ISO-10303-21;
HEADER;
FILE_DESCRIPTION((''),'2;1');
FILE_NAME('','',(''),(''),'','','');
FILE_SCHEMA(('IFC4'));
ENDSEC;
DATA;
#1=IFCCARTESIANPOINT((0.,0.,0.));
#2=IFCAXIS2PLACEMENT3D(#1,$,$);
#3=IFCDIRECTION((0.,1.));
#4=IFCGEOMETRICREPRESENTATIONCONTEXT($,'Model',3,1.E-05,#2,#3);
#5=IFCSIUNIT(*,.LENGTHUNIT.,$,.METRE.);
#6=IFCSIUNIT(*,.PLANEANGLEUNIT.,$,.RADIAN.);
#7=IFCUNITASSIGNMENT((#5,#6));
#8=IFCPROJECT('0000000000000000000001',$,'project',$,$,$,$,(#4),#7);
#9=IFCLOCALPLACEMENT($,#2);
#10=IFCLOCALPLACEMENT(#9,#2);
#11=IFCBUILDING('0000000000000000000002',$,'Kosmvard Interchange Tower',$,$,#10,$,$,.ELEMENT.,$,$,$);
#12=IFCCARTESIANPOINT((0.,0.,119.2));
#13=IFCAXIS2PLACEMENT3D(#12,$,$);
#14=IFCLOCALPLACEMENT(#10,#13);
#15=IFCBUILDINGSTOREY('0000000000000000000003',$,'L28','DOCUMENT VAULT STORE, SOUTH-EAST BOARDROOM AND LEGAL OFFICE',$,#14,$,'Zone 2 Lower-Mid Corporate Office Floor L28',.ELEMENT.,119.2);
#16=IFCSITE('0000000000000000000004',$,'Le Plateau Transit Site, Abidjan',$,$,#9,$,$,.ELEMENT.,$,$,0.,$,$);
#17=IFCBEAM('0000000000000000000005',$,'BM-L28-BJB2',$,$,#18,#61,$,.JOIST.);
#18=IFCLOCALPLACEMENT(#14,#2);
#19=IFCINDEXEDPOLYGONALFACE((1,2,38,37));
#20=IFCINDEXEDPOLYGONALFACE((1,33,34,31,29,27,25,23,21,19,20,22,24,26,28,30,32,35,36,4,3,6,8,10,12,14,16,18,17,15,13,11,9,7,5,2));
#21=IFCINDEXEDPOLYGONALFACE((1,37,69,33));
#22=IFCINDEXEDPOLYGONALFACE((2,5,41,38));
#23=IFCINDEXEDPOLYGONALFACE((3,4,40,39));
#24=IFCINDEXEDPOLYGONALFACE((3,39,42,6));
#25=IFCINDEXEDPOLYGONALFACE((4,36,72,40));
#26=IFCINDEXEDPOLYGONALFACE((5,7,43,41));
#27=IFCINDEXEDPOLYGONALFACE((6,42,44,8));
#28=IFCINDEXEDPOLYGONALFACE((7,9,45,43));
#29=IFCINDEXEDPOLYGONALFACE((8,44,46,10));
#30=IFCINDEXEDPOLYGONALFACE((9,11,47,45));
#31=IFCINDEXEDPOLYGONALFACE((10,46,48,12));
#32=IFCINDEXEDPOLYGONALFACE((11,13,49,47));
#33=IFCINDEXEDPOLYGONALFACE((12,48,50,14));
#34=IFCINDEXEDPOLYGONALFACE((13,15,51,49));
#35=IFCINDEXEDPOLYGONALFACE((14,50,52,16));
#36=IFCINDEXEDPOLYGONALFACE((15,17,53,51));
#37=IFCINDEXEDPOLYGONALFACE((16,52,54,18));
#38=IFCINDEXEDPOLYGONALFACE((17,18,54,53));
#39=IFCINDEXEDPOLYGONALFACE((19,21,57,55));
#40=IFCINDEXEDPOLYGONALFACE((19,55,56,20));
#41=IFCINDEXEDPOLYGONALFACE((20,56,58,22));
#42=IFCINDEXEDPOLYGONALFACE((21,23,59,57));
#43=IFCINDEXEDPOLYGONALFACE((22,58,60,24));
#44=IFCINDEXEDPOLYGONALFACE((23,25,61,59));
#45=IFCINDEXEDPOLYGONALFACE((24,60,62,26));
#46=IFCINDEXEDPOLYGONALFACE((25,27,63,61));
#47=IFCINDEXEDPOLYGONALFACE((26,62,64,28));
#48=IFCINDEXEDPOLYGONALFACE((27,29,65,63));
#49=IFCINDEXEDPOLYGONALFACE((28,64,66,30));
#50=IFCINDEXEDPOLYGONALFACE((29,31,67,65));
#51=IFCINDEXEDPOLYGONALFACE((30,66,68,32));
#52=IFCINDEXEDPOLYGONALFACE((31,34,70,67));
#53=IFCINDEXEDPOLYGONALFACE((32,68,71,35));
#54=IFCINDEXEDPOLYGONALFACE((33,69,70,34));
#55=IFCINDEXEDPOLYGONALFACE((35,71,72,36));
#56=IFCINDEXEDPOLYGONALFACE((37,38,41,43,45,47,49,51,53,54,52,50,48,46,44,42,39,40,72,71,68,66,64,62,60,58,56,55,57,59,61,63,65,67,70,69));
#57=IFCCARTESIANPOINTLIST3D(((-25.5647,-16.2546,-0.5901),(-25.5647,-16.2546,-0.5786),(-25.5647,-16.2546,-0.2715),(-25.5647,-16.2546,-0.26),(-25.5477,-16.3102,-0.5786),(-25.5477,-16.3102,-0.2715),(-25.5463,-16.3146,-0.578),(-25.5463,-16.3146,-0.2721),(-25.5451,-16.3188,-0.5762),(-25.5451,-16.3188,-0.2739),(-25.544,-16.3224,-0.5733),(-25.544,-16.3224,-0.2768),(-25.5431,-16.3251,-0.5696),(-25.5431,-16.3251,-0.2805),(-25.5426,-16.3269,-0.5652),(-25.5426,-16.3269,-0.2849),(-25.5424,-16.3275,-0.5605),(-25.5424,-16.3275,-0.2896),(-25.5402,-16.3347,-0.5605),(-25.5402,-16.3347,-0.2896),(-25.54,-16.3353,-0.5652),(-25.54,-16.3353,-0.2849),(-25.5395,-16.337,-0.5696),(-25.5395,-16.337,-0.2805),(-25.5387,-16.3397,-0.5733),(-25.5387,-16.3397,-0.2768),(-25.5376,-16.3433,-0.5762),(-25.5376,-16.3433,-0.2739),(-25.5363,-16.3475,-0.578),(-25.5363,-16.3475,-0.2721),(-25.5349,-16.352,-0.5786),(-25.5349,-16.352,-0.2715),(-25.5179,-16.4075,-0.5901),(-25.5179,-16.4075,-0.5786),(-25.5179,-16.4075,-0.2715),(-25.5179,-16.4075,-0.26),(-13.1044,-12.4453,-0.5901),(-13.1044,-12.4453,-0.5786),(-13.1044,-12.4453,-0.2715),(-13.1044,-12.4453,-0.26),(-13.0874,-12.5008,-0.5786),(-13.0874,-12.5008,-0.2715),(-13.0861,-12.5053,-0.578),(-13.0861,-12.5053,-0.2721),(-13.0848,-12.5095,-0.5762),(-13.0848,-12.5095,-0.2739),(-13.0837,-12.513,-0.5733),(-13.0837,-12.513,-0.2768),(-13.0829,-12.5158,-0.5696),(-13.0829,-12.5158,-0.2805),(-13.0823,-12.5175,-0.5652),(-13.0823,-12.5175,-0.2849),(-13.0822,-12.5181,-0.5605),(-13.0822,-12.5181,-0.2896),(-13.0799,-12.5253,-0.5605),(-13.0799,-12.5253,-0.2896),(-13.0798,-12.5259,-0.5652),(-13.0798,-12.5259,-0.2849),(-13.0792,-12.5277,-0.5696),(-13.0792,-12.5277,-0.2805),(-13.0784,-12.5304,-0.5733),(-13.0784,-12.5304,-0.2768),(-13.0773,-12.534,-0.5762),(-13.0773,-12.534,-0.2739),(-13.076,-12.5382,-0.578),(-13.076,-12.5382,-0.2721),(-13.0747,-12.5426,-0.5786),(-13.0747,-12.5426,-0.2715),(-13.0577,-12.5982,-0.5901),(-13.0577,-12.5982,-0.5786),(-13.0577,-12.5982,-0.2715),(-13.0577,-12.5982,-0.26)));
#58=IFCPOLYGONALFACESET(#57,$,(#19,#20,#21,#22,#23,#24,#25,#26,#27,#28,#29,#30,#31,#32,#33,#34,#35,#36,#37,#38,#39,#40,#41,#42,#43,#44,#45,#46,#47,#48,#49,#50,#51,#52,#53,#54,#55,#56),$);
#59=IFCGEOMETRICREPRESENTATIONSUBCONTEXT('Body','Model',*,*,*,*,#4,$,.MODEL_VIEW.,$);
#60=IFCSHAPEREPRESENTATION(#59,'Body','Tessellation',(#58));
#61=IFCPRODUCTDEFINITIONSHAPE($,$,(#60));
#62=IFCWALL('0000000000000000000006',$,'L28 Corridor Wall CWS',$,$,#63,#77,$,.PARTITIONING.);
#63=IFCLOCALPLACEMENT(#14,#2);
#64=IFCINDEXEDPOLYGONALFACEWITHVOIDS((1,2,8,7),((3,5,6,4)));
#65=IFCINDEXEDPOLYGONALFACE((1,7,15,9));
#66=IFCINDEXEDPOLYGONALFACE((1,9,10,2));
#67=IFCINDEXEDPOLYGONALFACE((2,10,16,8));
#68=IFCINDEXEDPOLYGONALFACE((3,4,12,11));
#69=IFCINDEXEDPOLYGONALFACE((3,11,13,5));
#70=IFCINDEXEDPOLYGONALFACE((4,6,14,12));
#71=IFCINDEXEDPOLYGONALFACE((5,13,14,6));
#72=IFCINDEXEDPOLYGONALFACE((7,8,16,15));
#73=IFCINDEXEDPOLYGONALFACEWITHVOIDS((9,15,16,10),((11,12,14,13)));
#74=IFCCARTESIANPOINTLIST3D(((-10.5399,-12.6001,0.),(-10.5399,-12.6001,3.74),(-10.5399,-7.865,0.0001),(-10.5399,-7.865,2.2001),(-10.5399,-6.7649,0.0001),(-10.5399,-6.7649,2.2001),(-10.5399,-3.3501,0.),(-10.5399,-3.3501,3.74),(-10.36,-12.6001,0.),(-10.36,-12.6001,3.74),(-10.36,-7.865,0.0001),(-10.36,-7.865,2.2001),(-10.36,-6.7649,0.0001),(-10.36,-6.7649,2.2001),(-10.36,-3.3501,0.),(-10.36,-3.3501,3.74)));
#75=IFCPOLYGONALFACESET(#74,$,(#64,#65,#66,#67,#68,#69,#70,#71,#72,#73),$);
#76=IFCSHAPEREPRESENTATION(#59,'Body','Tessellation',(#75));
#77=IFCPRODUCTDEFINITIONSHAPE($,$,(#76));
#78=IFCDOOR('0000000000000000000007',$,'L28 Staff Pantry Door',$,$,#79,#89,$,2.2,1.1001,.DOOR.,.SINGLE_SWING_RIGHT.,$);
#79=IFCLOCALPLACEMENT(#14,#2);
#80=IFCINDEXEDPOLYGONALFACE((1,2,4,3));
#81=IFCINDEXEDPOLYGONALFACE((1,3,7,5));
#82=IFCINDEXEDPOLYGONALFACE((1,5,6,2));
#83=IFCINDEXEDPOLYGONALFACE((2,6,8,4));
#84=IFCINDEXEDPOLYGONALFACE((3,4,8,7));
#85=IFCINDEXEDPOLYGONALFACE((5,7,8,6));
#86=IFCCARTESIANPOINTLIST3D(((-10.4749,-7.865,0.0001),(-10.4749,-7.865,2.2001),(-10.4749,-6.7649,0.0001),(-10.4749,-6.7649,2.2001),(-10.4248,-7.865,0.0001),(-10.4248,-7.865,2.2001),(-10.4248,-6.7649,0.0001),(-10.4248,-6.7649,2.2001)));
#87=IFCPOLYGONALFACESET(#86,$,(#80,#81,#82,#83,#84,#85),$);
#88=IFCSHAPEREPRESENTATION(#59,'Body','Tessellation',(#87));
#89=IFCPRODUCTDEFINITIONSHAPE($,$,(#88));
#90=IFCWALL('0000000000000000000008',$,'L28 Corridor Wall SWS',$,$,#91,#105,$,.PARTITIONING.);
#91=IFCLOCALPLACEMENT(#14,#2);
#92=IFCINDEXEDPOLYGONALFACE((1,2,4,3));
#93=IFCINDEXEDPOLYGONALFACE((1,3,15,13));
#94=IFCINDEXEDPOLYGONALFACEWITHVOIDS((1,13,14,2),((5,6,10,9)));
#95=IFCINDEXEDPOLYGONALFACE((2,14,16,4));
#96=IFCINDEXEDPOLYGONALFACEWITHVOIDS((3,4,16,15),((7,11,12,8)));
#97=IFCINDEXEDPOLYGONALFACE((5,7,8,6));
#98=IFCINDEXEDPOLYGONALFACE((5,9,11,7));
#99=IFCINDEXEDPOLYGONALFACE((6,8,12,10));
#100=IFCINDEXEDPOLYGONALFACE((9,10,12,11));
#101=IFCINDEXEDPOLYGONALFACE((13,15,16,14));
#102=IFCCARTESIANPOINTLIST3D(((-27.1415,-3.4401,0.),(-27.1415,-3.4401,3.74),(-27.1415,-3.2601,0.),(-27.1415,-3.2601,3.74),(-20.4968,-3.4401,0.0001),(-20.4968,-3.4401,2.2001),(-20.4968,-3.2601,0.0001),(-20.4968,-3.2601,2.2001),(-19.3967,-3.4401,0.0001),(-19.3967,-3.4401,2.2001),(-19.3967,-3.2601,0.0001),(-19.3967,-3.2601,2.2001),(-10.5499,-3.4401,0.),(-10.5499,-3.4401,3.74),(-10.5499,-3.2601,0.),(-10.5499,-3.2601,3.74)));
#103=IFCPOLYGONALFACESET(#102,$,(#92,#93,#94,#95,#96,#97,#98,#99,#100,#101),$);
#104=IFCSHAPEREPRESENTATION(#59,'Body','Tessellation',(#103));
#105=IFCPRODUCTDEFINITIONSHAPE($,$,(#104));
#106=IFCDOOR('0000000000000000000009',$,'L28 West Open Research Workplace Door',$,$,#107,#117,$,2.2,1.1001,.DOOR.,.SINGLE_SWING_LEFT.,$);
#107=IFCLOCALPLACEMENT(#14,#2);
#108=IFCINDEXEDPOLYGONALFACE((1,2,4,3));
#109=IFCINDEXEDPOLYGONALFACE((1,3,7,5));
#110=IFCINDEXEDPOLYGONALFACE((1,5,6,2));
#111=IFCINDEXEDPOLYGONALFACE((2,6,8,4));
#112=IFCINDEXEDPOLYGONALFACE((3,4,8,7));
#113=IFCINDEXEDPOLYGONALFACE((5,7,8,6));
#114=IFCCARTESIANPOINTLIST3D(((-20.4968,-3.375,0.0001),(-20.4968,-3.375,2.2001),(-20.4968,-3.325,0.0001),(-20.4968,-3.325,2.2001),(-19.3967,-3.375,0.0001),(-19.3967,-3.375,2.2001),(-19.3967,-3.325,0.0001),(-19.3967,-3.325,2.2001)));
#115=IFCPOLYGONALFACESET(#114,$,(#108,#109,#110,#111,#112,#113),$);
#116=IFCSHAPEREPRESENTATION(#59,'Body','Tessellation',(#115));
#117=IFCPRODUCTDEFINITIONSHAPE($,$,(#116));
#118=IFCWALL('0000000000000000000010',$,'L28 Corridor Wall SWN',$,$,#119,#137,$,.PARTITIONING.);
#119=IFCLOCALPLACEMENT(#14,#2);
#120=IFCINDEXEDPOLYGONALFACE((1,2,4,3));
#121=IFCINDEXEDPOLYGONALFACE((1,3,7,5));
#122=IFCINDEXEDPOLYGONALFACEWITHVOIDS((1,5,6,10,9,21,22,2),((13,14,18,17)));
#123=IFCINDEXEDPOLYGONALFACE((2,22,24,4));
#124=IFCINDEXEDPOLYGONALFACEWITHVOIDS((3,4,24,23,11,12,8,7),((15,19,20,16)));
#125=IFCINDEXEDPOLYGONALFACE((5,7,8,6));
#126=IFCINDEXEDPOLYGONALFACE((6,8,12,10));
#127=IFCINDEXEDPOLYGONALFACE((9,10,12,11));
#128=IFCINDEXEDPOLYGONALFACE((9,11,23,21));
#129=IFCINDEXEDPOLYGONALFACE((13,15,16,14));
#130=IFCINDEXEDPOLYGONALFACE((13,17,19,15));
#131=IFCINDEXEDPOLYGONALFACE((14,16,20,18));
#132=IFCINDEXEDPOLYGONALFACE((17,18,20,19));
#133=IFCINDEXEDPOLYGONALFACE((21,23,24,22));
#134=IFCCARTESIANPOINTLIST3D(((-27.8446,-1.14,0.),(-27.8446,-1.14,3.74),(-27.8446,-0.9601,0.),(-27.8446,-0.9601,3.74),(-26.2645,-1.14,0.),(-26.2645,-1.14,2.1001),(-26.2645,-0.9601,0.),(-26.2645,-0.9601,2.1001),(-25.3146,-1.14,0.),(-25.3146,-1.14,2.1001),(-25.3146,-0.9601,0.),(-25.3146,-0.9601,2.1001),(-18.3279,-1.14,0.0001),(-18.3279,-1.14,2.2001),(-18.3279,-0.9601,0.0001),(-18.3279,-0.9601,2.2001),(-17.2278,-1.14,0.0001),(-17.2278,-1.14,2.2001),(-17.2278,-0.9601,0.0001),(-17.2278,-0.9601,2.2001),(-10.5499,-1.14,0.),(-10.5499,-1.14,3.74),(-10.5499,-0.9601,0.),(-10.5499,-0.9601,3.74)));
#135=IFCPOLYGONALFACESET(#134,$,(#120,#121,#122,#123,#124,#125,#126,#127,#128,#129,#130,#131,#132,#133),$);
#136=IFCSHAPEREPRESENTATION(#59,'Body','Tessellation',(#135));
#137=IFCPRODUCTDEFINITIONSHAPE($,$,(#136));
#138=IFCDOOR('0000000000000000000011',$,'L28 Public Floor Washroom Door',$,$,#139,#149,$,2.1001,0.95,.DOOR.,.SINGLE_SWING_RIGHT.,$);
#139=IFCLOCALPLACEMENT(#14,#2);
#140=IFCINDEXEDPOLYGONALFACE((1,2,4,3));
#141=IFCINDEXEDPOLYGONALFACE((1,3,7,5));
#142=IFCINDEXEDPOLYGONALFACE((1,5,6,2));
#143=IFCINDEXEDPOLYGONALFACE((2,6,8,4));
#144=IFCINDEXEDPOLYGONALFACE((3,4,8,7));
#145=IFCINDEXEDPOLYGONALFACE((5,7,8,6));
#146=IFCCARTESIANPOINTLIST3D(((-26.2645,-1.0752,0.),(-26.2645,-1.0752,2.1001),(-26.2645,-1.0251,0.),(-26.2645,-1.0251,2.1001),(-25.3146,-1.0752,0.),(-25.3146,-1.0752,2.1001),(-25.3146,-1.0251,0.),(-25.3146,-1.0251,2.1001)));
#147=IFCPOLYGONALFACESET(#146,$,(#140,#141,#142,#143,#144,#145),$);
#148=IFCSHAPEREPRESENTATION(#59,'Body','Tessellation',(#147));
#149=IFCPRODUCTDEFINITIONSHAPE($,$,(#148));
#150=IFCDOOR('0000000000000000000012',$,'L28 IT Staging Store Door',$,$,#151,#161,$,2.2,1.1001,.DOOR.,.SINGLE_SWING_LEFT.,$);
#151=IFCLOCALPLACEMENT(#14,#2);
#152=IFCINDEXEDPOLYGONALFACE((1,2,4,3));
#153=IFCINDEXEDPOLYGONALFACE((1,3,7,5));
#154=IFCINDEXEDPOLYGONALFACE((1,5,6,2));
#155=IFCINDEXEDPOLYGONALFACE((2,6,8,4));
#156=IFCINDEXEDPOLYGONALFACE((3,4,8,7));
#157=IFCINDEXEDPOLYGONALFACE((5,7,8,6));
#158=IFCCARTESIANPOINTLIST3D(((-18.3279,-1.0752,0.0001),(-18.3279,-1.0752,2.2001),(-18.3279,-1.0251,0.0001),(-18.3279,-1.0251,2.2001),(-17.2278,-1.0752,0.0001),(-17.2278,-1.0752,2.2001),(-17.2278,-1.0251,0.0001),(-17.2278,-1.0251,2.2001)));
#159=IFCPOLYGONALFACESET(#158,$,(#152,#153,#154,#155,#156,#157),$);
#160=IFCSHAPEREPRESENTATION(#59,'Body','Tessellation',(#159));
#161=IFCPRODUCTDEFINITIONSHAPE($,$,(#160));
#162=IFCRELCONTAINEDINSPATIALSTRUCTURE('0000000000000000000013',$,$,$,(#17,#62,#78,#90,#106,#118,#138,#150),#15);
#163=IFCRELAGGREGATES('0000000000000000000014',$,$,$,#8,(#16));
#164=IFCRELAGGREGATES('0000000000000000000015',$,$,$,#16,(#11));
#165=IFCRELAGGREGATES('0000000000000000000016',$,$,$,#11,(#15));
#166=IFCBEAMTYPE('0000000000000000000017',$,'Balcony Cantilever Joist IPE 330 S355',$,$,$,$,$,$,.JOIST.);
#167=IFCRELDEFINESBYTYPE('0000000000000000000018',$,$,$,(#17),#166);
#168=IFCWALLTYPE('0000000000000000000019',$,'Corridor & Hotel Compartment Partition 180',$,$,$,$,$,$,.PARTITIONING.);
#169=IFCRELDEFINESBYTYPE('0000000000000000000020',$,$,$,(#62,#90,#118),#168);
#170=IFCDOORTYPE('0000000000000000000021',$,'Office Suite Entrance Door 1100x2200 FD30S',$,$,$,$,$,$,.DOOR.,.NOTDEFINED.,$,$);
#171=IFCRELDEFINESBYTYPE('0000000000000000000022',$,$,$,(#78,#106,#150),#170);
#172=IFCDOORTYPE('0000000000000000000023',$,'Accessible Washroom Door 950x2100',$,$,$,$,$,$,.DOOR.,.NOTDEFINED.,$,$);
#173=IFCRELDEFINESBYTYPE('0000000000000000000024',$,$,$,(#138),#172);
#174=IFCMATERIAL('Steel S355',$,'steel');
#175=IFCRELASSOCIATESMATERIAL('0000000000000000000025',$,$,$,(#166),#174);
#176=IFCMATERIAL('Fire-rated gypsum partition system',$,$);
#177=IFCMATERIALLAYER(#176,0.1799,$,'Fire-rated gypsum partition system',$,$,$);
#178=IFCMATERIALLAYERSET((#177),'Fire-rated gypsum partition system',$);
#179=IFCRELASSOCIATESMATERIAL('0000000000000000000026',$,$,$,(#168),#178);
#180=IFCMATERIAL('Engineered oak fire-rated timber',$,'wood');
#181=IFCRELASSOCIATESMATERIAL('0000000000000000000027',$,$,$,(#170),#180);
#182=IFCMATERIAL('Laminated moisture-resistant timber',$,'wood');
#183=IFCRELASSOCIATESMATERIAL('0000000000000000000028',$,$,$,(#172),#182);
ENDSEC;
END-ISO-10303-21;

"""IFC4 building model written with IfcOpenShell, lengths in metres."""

from ifc_helpers import new_model, si_unit, direction, frame, frame_2d, origin, origin_2d, place, context, subcontext, project, spatial, rectangle, i_section, extrude, source, transform, mapped, material, layer, layer_set, material_profile, profile_set, type_object, element, fill, save


model = new_model("IFC4")

# Units and contexts
model_context = context("Model", 3, precision=1e-05, world=origin(), true_north=direction((0.0, 1.0)))
body_context = subcontext(model_context, "Body", "Model", "MODEL_VIEW")
ifc_project = project(units=[si_unit("LENGTHUNIT", "METRE"), si_unit("PLANEANGLEUNIT", "RADIAN")], contexts=[model_context])

# Site, building, storey
site_placement = place(None, origin())
site = spatial("IfcSite", under=ifc_project, at=site_placement, Name="Le Plateau Transit Site, Abidjan", CompositionType="ELEMENT", RefElevation=0.0)
building_placement = place(site_placement, origin())
building = spatial("IfcBuilding", under=site, at=building_placement, Name="Kosmvard Interchange Tower", CompositionType="ELEMENT")
storey_placement = place(building_placement, frame((0.0, 0.0, 119.2)))
storey = spatial("IfcBuildingStorey", under=building, at=storey_placement, Name="L28", Description="DOCUMENT VAULT STORE, SOUTH-EAST BOARDROOM AND LEGAL OFFICE", LongName="Zone 2 Lower-Mid Corporate Office Floor L28", CompositionType="ELEMENT", Elevation=119.2)

# Beam
ifc_material_1 = material(Name="Steel S355", Category="steel")
ifc_material_profile_1 = material_profile(ifc_material_1, i_section(OverallWidth=0.1599, OverallDepth=0.3301, WebThickness=0.0076, FlangeThickness=0.0115, FilletRadius=0.0181, at=origin_2d()), Name="IPE 330")
ifc_profile_set_1 = profile_set([ifc_material_profile_1], Name="Steel S355")
beam_type_1 = type_object("IfcBeamType", Name="Balcony Cantilever Joist IPE 330 S355", PredefinedType="JOIST", material=ifc_profile_set_1)
shared_shape_1 = source(origin(), body_context, "Body", "SweptSolid", [
    extrude(i_section(OverallWidth=0.1599, OverallDepth=0.3301, WebThickness=0.0076, FlangeThickness=0.0115, FilletRadius=0.0181, at=origin_2d()), origin(), (0.0, 0.0, 1.0), 13.0295),
])
beam_1_placement = place(storey_placement, frame((-13.0811, -12.5217, -0.425), z_axis=(-0.956308, -0.292362, 0.0), x_axis=(0.292362, -0.956308, 0.0)))
element("IfcBeam", 1, at=beam_1_placement, inside=storey, type_object=beam_type_1, Name="BM-L28-BJB2", PredefinedType="JOIST", context=body_context, shape_type="MappedRepresentation", body=[
    mapped(shared_shape_1, transform((0.0, 0.0, 0.0), scale=1.0)),
])

# Walls, openings, doors
ifc_material_2 = material(Name="Fire-rated gypsum partition system")
ifc_layer_1 = layer(ifc_material_2, 0.1799, Name="Fire-rated gypsum partition system")
ifc_layer_set_1 = layer_set([ifc_layer_1], Name="Fire-rated gypsum partition system")
wall_type_1 = type_object("IfcWallType", Name="Corridor & Hotel Compartment Partition 180", PredefinedType="PARTITIONING", material=ifc_layer_set_1)
wall_1_placement = place(storey_placement, frame((-10.45, -12.6001, 0.0), z_axis=(0.0, 0.0, 1.0), x_axis=(0.0, 1.0, 0.0)))
wall_1 = element("IfcWall", 2, at=wall_1_placement, inside=storey, type_object=wall_type_1, Name="L28 Corridor Wall CWS", PredefinedType="PARTITIONING", context=body_context, shape_type="SweptSolid", body=[
    extrude(rectangle(XDim=9.25, YDim=0.1799, at=frame_2d((4.625, 0.0))), origin(), (0.0, 0.0, 1.0), 3.74),
])
opening_1_placement = place(wall_1_placement, frame((4.7351, 0.0, 0.0)))
opening_1 = element("IfcOpeningElement", 3, at=opening_1_placement, cuts=wall_1, PredefinedType="OPENING", context=body_context, shape_type="SweptSolid", body=[
    extrude(rectangle(XDim=1.1001, YDim=2.2, at=frame_2d((0.55, 1.1001))), frame((0.0, 0.1001, 0.0), z_axis=(0.0, -1.0, 0.0), x_axis=(1.0, 0.0, 0.0)), (0.0, 0.0, 1.0), 0.2),
])
ifc_material_3 = material(Name="Engineered oak fire-rated timber", Category="wood")
door_type_1 = type_object("IfcDoorType", Name="Office Suite Entrance Door 1100x2200 FD30S", OperationType="NOTDEFINED", PredefinedType="DOOR", material=ifc_material_3)
shared_shape_2 = source(origin(), body_context, "Body", "SweptSolid", [
    extrude(rectangle(XDim=1.1001, YDim=2.2, at=frame_2d((0.55, 1.1001))), frame((0.0, 0.0249, 0.0), z_axis=(0.0, -1.0, 0.0), x_axis=(1.0, 0.0, 0.0)), (0.0, 0.0, 1.0), 0.05),
])
door_1_placement = place(opening_1_placement, origin())
door_1 = element("IfcDoor", 4, at=door_1_placement, inside=storey, type_object=door_type_1, Name="L28 Staff Pantry Door", OperationType="SINGLE_SWING_RIGHT", OverallHeight=2.2, OverallWidth=1.1001, PredefinedType="DOOR", context=body_context, shape_type="MappedRepresentation", body=[
    mapped(shared_shape_2, transform((0.0, 0.0, 0.0), scale=1.0)),
])
fill(opening_1, door_1)
wall_2_placement = place(storey_placement, frame((-27.1416, -3.3501, 0.0), z_axis=(0.0, 0.0, 1.0), x_axis=(1.0, 0.0, 0.0)))
wall_2 = element("IfcWall", 5, at=wall_2_placement, inside=storey, type_object=wall_type_1, Name="L28 Corridor Wall SWS", PredefinedType="PARTITIONING", context=body_context, shape_type="SweptSolid", body=[
    extrude(rectangle(XDim=16.5916, YDim=0.1799, at=frame_2d((8.2959, 0.0))), origin(), (0.0, 0.0, 1.0), 3.74),
])
opening_2_placement = place(wall_2_placement, frame((6.6448, 0.0, 0.0)))
opening_2 = element("IfcOpeningElement", 6, at=opening_2_placement, cuts=wall_2, PredefinedType="OPENING", context=body_context, shape_type="SweptSolid", body=[
    extrude(rectangle(XDim=1.1001, YDim=2.2, at=frame_2d((0.55, 1.1001))), frame((0.0, 0.1001, 0.0), z_axis=(0.0, -1.0, 0.0), x_axis=(1.0, 0.0, 0.0)), (0.0, 0.0, 1.0), 0.2),
])
door_2_placement = place(opening_2_placement, frame((1.1001, 0.0, 0.0), z_axis=(0.0, 0.0, 1.0), x_axis=(-1.0, 0.0, 0.0)))
door_2 = element("IfcDoor", 7, at=door_2_placement, inside=storey, type_object=door_type_1, Name="L28 West Open Research Workplace Door", OperationType="SINGLE_SWING_LEFT", OverallHeight=2.2, OverallWidth=1.1001, PredefinedType="DOOR", context=body_context, shape_type="MappedRepresentation", body=[
    mapped(shared_shape_2, transform((0.0, 0.0, 0.0), scale=1.0)),
])
fill(opening_2, door_2)

# Wall, openings, doors
wall_3_placement = place(storey_placement, frame((-27.8447, -1.05, 0.0), z_axis=(0.0, 0.0, 1.0), x_axis=(1.0, 0.0, 0.0)))
wall_3 = element("IfcWall", 8, at=wall_3_placement, inside=storey, type_object=wall_type_1, Name="L28 Corridor Wall SWN", PredefinedType="PARTITIONING", context=body_context, shape_type="SweptSolid", body=[
    extrude(rectangle(XDim=17.2947, YDim=0.1799, at=frame_2d((8.6475, 0.0))), origin(), (0.0, 0.0, 1.0), 3.74),
])
opening_3_placement = place(wall_3_placement, frame((1.5801, 0.0, 0.0)))
opening_3 = element("IfcOpeningElement", 9, at=opening_3_placement, cuts=wall_3, PredefinedType="OPENING", context=body_context, shape_type="SweptSolid", body=[
    extrude(rectangle(XDim=0.95, YDim=2.1001, at=frame_2d((0.4751, 1.05))), frame((0.0, 0.1001, 0.0), z_axis=(0.0, -1.0, 0.0), x_axis=(1.0, 0.0, 0.0)), (0.0, 0.0, 1.0), 0.2),
])
opening_4_placement = place(wall_3_placement, frame((9.5168, 0.0, 0.0)))
opening_4 = element("IfcOpeningElement", 10, at=opening_4_placement, cuts=wall_3, PredefinedType="OPENING", context=body_context, shape_type="SweptSolid", body=[
    extrude(rectangle(XDim=1.1001, YDim=2.2, at=frame_2d((0.55, 1.1001))), frame((0.0, 0.1001, 0.0), z_axis=(0.0, -1.0, 0.0), x_axis=(1.0, 0.0, 0.0)), (0.0, 0.0, 1.0), 0.2),
])
ifc_material_4 = material(Name="Laminated moisture-resistant timber", Category="wood")
door_type_2 = type_object("IfcDoorType", Name="Accessible Washroom Door 950x2100", OperationType="NOTDEFINED", PredefinedType="DOOR", material=ifc_material_4)
shared_shape_3 = source(origin(), body_context, "Body", "SweptSolid", [
    extrude(rectangle(XDim=0.95, YDim=2.1001, at=frame_2d((0.4751, 1.05))), frame((0.0, 0.0249, 0.0), z_axis=(0.0, -1.0, 0.0), x_axis=(1.0, 0.0, 0.0)), (0.0, 0.0, 1.0), 0.05),
])
door_3_placement = place(opening_3_placement, origin())
door_3 = element("IfcDoor", 11, at=door_3_placement, inside=storey, type_object=door_type_2, Name="L28 Public Floor Washroom Door", OperationType="SINGLE_SWING_RIGHT", OverallHeight=2.1001, OverallWidth=0.95, PredefinedType="DOOR", context=body_context, shape_type="MappedRepresentation", body=[
    mapped(shared_shape_3, transform((0.0, 0.0, 0.0), scale=1.0)),
])
fill(opening_3, door_3)
door_4_placement = place(opening_4_placement, origin())
door_4 = element("IfcDoor", 12, at=door_4_placement, inside=storey, type_object=door_type_1, Name="L28 IT Staging Store Door", OperationType="SINGLE_SWING_LEFT", OverallHeight=2.2, OverallWidth=1.1001, PredefinedType="DOOR", context=body_context, shape_type="MappedRepresentation", body=[
    mapped(shared_shape_2, transform((0.0, 0.0, 0.0), scale=1.0)),
])
fill(opening_4, door_4)

save(model, "model.ifc")
